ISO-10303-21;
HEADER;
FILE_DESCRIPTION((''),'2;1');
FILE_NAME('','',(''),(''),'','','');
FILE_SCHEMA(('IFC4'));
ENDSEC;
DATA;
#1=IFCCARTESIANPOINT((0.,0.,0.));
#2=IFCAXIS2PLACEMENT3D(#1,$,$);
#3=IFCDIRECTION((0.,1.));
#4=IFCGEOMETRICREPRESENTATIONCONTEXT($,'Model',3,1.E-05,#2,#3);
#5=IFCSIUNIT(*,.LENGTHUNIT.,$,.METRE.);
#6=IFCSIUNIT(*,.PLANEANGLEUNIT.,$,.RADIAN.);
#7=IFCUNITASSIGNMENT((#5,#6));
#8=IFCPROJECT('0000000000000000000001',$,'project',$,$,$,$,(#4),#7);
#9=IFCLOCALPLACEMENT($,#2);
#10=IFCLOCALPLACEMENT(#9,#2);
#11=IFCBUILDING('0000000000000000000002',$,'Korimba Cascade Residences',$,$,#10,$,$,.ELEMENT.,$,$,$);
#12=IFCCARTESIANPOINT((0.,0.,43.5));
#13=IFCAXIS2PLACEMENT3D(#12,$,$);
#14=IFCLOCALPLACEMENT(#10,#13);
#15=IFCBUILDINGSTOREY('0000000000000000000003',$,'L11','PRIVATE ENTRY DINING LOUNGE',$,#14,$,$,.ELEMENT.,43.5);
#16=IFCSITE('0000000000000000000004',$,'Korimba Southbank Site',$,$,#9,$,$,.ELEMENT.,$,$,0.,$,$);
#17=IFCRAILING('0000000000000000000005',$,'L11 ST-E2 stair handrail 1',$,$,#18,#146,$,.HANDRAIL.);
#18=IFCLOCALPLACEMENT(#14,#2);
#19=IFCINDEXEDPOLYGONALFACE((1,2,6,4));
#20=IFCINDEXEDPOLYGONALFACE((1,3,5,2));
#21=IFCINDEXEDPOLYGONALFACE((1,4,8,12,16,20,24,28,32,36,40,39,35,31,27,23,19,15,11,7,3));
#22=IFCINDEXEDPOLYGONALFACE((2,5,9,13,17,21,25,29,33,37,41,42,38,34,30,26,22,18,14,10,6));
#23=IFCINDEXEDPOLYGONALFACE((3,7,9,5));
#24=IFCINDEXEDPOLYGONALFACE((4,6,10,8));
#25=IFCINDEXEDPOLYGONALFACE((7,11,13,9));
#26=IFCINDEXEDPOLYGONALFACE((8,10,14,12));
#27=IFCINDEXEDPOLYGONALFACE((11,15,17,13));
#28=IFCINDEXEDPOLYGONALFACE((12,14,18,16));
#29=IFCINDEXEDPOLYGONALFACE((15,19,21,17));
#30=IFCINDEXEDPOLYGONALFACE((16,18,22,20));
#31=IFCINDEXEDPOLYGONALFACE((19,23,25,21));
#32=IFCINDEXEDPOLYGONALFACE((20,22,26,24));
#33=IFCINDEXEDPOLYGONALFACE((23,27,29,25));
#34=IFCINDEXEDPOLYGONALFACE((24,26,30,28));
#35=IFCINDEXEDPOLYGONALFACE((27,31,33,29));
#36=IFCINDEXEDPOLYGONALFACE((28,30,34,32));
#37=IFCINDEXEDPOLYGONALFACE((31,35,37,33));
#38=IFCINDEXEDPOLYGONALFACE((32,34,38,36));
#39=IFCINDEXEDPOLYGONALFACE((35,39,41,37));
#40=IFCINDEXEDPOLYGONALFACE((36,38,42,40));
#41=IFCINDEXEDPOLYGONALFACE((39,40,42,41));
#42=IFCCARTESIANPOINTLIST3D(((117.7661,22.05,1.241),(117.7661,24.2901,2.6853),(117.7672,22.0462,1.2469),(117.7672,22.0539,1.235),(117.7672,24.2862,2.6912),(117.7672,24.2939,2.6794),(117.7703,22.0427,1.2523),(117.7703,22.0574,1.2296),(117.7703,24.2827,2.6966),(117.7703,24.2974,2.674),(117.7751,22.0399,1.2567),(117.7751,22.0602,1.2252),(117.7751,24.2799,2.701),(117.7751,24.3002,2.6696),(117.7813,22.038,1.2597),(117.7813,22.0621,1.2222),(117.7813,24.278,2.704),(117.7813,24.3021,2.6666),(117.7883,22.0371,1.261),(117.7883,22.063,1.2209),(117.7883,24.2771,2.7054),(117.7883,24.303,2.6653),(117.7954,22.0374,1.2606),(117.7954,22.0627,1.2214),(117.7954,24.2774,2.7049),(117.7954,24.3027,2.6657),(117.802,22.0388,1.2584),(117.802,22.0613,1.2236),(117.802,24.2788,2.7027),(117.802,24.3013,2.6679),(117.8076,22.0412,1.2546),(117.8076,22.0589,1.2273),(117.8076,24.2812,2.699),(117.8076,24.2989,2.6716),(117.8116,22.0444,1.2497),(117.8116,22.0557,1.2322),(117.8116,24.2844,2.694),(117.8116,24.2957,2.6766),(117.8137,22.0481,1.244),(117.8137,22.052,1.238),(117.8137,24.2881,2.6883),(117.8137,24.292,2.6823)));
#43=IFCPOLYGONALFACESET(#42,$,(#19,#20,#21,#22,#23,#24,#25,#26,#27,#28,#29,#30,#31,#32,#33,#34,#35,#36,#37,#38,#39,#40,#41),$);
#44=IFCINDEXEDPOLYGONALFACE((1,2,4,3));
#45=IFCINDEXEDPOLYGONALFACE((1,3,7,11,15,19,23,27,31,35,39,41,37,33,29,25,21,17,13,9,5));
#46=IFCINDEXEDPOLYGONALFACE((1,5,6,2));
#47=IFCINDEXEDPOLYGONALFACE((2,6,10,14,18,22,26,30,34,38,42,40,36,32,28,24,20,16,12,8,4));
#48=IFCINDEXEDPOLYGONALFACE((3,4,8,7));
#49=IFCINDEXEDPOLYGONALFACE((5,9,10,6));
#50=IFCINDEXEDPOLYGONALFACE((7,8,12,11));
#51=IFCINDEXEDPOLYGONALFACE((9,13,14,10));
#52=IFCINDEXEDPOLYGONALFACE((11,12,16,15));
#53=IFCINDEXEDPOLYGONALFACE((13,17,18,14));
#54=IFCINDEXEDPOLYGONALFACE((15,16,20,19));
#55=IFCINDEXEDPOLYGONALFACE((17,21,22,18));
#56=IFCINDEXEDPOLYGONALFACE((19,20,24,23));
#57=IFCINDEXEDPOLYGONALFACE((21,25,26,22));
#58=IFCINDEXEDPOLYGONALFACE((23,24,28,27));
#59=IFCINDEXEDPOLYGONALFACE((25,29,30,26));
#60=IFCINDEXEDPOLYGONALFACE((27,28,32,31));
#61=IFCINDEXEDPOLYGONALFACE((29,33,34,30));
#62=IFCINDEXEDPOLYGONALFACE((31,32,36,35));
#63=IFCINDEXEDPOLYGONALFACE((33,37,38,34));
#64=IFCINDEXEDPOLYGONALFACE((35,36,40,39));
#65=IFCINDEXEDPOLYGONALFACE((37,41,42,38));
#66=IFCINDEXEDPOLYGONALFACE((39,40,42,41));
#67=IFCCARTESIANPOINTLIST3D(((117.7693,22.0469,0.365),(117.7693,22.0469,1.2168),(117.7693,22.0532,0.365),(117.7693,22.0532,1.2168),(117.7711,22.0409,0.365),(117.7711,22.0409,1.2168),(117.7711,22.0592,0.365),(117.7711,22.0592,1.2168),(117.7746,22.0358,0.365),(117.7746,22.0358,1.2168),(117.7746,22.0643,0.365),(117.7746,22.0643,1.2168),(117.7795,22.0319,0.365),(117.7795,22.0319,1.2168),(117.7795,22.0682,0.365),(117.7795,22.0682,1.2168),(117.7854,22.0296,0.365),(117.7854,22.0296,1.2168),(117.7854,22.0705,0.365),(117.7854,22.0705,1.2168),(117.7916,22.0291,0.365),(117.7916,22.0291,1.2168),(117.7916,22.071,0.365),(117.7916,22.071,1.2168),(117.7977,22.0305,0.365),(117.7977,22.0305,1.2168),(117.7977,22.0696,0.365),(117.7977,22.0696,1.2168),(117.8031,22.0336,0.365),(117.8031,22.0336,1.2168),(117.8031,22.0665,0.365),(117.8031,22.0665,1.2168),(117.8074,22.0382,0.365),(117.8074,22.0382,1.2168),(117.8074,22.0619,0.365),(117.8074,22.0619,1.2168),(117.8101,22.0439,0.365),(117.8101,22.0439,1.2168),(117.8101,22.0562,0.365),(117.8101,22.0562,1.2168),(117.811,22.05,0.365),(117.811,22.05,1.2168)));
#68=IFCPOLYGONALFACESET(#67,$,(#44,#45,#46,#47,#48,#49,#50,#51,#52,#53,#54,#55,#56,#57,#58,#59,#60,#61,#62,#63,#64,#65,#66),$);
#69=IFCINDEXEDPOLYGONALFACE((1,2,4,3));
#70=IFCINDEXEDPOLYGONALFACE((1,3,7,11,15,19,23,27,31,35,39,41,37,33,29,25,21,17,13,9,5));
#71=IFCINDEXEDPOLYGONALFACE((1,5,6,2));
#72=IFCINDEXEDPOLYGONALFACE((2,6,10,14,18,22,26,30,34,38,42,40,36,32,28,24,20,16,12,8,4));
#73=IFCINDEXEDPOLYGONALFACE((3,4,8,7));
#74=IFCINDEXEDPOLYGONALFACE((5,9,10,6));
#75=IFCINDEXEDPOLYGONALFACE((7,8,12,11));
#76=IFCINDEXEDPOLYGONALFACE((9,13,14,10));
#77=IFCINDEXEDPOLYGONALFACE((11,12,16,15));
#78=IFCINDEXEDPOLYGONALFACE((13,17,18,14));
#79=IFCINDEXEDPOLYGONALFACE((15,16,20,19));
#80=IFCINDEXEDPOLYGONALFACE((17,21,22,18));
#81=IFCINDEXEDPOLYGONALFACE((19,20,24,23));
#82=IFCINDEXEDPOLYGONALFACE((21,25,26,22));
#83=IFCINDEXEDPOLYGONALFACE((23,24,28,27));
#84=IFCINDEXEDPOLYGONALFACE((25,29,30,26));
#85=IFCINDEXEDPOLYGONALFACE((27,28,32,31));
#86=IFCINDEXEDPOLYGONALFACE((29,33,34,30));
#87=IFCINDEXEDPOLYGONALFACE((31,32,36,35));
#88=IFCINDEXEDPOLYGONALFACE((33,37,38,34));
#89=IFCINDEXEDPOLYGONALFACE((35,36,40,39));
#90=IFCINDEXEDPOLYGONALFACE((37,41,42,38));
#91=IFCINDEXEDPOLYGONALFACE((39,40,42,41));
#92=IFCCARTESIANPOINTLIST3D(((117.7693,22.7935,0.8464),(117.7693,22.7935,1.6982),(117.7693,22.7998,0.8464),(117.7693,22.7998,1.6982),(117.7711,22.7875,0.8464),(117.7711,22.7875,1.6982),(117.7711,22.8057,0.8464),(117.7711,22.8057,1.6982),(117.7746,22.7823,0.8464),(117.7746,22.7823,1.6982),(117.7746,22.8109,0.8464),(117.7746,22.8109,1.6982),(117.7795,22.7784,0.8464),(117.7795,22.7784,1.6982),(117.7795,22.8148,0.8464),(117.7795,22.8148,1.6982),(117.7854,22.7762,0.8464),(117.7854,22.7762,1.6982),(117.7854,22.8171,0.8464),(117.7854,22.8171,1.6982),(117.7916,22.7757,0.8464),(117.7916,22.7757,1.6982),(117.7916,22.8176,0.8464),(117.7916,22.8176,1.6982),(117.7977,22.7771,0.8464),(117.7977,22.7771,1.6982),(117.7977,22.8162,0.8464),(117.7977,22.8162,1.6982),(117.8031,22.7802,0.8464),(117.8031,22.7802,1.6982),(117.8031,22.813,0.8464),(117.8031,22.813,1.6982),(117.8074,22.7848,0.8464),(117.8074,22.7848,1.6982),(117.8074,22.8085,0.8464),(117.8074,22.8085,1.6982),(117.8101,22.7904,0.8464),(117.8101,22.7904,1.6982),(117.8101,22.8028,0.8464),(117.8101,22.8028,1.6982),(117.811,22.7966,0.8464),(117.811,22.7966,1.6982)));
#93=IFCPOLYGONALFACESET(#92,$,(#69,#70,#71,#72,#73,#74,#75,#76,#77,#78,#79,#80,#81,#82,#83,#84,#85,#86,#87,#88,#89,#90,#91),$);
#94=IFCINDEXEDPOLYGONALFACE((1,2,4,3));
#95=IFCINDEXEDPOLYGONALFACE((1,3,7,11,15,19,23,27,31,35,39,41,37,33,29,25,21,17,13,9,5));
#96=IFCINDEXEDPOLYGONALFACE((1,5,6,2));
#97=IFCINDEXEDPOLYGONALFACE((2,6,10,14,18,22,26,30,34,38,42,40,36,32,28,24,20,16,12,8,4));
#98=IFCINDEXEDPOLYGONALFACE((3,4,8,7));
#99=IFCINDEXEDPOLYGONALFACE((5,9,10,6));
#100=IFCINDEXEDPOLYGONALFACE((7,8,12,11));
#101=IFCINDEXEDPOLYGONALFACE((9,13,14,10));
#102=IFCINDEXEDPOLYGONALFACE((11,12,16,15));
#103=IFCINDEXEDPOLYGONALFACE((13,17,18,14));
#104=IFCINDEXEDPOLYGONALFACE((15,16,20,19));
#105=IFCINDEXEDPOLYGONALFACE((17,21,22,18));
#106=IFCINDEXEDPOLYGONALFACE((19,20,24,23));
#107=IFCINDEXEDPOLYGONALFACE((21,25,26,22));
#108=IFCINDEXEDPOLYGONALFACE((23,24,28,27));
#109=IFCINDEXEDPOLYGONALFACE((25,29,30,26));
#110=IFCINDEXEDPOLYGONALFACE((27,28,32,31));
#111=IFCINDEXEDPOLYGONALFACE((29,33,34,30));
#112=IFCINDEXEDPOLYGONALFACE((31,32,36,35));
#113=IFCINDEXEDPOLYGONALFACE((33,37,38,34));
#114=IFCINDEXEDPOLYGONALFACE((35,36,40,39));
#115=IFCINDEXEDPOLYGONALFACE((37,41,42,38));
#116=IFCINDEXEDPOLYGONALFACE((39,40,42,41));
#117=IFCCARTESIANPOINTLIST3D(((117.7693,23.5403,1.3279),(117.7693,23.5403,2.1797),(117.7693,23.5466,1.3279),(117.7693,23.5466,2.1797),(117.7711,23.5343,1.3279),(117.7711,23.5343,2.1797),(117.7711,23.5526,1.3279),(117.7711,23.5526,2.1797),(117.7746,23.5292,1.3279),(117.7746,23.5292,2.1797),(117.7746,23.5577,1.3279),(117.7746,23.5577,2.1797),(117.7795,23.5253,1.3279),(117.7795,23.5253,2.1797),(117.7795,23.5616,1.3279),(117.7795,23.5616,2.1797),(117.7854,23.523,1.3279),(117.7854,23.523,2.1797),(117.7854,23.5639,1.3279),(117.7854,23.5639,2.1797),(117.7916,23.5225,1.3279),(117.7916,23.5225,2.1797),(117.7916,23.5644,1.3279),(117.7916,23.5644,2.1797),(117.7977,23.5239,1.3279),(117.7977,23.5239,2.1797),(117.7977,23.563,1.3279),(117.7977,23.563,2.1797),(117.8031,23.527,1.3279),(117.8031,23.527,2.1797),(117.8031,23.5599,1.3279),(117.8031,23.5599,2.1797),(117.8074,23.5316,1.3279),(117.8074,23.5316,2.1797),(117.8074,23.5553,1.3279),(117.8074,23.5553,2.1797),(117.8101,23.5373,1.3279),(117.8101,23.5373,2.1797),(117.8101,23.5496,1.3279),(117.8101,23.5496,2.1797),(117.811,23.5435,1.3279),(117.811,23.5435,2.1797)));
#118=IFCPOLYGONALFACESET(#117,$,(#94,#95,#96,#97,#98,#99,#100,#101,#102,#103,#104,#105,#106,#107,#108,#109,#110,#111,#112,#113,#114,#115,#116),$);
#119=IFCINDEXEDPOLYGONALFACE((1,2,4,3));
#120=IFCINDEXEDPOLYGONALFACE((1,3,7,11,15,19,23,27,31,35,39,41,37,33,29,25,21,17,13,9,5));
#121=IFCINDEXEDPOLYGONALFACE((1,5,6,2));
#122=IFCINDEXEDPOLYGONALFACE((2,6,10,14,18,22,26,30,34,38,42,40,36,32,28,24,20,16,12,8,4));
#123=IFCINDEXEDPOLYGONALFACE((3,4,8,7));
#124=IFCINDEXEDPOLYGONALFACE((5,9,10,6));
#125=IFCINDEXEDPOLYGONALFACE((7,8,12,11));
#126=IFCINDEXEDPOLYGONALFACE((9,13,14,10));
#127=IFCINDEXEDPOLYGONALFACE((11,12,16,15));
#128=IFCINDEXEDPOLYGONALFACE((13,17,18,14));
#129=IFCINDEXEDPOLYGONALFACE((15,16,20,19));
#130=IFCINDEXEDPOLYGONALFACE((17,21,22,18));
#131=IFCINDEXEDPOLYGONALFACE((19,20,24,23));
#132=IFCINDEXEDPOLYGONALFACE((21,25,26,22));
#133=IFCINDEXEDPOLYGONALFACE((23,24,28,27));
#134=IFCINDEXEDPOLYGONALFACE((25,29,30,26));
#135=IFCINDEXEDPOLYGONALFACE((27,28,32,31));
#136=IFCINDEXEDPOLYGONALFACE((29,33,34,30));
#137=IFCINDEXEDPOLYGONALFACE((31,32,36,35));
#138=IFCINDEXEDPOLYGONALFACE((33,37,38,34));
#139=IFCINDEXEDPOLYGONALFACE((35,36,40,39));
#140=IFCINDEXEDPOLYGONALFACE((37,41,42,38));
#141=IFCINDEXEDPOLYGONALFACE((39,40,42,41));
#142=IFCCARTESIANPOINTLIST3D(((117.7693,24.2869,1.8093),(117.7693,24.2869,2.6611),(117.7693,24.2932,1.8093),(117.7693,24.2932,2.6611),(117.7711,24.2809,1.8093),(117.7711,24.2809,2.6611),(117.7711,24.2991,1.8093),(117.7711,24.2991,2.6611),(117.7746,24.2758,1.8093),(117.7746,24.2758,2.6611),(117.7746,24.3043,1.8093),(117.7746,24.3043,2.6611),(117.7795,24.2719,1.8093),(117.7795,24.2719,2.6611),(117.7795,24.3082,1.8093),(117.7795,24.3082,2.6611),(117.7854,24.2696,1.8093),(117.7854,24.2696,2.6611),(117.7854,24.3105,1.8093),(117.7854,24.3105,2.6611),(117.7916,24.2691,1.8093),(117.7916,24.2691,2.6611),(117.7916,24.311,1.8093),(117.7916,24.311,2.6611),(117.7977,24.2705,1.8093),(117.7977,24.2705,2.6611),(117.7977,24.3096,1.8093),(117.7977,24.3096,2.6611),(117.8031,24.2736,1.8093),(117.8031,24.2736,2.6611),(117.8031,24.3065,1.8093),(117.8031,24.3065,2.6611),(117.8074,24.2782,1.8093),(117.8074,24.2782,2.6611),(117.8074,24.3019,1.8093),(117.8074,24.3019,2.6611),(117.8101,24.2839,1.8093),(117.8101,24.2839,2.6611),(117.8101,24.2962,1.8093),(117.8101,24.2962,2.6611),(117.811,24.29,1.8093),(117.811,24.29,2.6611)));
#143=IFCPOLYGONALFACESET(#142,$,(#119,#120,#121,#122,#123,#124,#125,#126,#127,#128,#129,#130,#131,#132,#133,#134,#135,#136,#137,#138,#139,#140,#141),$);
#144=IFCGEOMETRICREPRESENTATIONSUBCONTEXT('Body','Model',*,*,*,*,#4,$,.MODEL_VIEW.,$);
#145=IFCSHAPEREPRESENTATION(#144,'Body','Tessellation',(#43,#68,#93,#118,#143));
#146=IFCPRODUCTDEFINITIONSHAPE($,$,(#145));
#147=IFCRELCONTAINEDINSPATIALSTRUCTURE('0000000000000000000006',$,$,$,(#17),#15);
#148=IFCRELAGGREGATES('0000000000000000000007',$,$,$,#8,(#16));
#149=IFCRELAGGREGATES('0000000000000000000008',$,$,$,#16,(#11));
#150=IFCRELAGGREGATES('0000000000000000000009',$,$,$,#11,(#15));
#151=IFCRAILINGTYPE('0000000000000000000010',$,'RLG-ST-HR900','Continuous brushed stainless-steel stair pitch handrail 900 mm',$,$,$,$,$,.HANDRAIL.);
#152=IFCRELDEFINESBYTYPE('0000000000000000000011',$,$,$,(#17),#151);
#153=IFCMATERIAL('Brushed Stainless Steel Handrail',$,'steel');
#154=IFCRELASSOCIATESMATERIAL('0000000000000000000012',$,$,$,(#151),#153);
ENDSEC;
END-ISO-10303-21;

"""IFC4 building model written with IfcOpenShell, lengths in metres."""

from ifc_helpers import new_model, si_unit, direction, frame, origin, origin_2d, place, context, subcontext, project, spatial, circle, extrude, material, type_object, element, save


model = new_model("IFC4")

# Units and contexts
model_context = context("Model", 3, precision=1e-05, world=origin(), true_north=direction((0.0, 1.0)))
body_context = subcontext(model_context, "Body", "Model", "MODEL_VIEW")
ifc_project = project(units=[si_unit("LENGTHUNIT", "METRE"), si_unit("PLANEANGLEUNIT", "RADIAN")], contexts=[model_context])

# Site, building, storey
site_placement = place(None, origin())
site = spatial("IfcSite", under=ifc_project, at=site_placement, Name="Korimba Southbank Site", CompositionType="ELEMENT", RefElevation=0.0)
building_placement = place(site_placement, origin())
building = spatial("IfcBuilding", under=site, at=building_placement, Name="Korimba Cascade Residences", CompositionType="ELEMENT")
storey_placement = place(building_placement, frame((0.0, 0.0, 43.5)))
storey = spatial("IfcBuildingStorey", under=building, at=storey_placement, Name="L11", Description="PRIVATE ENTRY DINING LOUNGE", CompositionType="ELEMENT", Elevation=43.5)

# Railing
ifc_material_1 = material(Name="Brushed Stainless Steel Handrail", Category="steel")
railing_type_1 = type_object("IfcRailingType", Name="RLG-ST-HR900", Description="Continuous brushed stainless-steel stair pitch handrail 900 mm", PredefinedType="HANDRAIL", material=ifc_material_1)
railing_1_placement = place(storey_placement, frame((117.79, 22.05, 0.365)))
element("IfcRailing", 1, at=railing_1_placement, inside=storey, type_object=railing_type_1, Name="L11 ST-E2 stair handrail 1", PredefinedType="HANDRAIL", context=body_context, shape_type="SweptSolid", body=[
    extrude(circle(Radius=0.0239, at=origin_2d()), frame((0.0, 0.0, 0.876), z_axis=(0.0, 0.840437, 0.54191), x_axis=(-1.0, 0.0, 0.0)), (0.0, 0.0, 1.0), 2.6653),
    extrude(circle(Radius=0.021, at=origin_2d()), origin(), (0.0, 0.0, 1.0), 0.8518),
    extrude(circle(Radius=0.021, at=origin_2d()), frame((0.0, 0.7466, 0.4814)), (0.0, 0.0, 1.0), 0.8518),
    extrude(circle(Radius=0.021, at=origin_2d()), frame((0.0, 1.4934, 0.9629)), (0.0, 0.0, 1.0), 0.8518),
    extrude(circle(Radius=0.021, at=origin_2d()), frame((0.0, 2.24, 1.4443)), (0.0, 0.0, 1.0), 0.8518),
])

save(model, "model.ifc")
